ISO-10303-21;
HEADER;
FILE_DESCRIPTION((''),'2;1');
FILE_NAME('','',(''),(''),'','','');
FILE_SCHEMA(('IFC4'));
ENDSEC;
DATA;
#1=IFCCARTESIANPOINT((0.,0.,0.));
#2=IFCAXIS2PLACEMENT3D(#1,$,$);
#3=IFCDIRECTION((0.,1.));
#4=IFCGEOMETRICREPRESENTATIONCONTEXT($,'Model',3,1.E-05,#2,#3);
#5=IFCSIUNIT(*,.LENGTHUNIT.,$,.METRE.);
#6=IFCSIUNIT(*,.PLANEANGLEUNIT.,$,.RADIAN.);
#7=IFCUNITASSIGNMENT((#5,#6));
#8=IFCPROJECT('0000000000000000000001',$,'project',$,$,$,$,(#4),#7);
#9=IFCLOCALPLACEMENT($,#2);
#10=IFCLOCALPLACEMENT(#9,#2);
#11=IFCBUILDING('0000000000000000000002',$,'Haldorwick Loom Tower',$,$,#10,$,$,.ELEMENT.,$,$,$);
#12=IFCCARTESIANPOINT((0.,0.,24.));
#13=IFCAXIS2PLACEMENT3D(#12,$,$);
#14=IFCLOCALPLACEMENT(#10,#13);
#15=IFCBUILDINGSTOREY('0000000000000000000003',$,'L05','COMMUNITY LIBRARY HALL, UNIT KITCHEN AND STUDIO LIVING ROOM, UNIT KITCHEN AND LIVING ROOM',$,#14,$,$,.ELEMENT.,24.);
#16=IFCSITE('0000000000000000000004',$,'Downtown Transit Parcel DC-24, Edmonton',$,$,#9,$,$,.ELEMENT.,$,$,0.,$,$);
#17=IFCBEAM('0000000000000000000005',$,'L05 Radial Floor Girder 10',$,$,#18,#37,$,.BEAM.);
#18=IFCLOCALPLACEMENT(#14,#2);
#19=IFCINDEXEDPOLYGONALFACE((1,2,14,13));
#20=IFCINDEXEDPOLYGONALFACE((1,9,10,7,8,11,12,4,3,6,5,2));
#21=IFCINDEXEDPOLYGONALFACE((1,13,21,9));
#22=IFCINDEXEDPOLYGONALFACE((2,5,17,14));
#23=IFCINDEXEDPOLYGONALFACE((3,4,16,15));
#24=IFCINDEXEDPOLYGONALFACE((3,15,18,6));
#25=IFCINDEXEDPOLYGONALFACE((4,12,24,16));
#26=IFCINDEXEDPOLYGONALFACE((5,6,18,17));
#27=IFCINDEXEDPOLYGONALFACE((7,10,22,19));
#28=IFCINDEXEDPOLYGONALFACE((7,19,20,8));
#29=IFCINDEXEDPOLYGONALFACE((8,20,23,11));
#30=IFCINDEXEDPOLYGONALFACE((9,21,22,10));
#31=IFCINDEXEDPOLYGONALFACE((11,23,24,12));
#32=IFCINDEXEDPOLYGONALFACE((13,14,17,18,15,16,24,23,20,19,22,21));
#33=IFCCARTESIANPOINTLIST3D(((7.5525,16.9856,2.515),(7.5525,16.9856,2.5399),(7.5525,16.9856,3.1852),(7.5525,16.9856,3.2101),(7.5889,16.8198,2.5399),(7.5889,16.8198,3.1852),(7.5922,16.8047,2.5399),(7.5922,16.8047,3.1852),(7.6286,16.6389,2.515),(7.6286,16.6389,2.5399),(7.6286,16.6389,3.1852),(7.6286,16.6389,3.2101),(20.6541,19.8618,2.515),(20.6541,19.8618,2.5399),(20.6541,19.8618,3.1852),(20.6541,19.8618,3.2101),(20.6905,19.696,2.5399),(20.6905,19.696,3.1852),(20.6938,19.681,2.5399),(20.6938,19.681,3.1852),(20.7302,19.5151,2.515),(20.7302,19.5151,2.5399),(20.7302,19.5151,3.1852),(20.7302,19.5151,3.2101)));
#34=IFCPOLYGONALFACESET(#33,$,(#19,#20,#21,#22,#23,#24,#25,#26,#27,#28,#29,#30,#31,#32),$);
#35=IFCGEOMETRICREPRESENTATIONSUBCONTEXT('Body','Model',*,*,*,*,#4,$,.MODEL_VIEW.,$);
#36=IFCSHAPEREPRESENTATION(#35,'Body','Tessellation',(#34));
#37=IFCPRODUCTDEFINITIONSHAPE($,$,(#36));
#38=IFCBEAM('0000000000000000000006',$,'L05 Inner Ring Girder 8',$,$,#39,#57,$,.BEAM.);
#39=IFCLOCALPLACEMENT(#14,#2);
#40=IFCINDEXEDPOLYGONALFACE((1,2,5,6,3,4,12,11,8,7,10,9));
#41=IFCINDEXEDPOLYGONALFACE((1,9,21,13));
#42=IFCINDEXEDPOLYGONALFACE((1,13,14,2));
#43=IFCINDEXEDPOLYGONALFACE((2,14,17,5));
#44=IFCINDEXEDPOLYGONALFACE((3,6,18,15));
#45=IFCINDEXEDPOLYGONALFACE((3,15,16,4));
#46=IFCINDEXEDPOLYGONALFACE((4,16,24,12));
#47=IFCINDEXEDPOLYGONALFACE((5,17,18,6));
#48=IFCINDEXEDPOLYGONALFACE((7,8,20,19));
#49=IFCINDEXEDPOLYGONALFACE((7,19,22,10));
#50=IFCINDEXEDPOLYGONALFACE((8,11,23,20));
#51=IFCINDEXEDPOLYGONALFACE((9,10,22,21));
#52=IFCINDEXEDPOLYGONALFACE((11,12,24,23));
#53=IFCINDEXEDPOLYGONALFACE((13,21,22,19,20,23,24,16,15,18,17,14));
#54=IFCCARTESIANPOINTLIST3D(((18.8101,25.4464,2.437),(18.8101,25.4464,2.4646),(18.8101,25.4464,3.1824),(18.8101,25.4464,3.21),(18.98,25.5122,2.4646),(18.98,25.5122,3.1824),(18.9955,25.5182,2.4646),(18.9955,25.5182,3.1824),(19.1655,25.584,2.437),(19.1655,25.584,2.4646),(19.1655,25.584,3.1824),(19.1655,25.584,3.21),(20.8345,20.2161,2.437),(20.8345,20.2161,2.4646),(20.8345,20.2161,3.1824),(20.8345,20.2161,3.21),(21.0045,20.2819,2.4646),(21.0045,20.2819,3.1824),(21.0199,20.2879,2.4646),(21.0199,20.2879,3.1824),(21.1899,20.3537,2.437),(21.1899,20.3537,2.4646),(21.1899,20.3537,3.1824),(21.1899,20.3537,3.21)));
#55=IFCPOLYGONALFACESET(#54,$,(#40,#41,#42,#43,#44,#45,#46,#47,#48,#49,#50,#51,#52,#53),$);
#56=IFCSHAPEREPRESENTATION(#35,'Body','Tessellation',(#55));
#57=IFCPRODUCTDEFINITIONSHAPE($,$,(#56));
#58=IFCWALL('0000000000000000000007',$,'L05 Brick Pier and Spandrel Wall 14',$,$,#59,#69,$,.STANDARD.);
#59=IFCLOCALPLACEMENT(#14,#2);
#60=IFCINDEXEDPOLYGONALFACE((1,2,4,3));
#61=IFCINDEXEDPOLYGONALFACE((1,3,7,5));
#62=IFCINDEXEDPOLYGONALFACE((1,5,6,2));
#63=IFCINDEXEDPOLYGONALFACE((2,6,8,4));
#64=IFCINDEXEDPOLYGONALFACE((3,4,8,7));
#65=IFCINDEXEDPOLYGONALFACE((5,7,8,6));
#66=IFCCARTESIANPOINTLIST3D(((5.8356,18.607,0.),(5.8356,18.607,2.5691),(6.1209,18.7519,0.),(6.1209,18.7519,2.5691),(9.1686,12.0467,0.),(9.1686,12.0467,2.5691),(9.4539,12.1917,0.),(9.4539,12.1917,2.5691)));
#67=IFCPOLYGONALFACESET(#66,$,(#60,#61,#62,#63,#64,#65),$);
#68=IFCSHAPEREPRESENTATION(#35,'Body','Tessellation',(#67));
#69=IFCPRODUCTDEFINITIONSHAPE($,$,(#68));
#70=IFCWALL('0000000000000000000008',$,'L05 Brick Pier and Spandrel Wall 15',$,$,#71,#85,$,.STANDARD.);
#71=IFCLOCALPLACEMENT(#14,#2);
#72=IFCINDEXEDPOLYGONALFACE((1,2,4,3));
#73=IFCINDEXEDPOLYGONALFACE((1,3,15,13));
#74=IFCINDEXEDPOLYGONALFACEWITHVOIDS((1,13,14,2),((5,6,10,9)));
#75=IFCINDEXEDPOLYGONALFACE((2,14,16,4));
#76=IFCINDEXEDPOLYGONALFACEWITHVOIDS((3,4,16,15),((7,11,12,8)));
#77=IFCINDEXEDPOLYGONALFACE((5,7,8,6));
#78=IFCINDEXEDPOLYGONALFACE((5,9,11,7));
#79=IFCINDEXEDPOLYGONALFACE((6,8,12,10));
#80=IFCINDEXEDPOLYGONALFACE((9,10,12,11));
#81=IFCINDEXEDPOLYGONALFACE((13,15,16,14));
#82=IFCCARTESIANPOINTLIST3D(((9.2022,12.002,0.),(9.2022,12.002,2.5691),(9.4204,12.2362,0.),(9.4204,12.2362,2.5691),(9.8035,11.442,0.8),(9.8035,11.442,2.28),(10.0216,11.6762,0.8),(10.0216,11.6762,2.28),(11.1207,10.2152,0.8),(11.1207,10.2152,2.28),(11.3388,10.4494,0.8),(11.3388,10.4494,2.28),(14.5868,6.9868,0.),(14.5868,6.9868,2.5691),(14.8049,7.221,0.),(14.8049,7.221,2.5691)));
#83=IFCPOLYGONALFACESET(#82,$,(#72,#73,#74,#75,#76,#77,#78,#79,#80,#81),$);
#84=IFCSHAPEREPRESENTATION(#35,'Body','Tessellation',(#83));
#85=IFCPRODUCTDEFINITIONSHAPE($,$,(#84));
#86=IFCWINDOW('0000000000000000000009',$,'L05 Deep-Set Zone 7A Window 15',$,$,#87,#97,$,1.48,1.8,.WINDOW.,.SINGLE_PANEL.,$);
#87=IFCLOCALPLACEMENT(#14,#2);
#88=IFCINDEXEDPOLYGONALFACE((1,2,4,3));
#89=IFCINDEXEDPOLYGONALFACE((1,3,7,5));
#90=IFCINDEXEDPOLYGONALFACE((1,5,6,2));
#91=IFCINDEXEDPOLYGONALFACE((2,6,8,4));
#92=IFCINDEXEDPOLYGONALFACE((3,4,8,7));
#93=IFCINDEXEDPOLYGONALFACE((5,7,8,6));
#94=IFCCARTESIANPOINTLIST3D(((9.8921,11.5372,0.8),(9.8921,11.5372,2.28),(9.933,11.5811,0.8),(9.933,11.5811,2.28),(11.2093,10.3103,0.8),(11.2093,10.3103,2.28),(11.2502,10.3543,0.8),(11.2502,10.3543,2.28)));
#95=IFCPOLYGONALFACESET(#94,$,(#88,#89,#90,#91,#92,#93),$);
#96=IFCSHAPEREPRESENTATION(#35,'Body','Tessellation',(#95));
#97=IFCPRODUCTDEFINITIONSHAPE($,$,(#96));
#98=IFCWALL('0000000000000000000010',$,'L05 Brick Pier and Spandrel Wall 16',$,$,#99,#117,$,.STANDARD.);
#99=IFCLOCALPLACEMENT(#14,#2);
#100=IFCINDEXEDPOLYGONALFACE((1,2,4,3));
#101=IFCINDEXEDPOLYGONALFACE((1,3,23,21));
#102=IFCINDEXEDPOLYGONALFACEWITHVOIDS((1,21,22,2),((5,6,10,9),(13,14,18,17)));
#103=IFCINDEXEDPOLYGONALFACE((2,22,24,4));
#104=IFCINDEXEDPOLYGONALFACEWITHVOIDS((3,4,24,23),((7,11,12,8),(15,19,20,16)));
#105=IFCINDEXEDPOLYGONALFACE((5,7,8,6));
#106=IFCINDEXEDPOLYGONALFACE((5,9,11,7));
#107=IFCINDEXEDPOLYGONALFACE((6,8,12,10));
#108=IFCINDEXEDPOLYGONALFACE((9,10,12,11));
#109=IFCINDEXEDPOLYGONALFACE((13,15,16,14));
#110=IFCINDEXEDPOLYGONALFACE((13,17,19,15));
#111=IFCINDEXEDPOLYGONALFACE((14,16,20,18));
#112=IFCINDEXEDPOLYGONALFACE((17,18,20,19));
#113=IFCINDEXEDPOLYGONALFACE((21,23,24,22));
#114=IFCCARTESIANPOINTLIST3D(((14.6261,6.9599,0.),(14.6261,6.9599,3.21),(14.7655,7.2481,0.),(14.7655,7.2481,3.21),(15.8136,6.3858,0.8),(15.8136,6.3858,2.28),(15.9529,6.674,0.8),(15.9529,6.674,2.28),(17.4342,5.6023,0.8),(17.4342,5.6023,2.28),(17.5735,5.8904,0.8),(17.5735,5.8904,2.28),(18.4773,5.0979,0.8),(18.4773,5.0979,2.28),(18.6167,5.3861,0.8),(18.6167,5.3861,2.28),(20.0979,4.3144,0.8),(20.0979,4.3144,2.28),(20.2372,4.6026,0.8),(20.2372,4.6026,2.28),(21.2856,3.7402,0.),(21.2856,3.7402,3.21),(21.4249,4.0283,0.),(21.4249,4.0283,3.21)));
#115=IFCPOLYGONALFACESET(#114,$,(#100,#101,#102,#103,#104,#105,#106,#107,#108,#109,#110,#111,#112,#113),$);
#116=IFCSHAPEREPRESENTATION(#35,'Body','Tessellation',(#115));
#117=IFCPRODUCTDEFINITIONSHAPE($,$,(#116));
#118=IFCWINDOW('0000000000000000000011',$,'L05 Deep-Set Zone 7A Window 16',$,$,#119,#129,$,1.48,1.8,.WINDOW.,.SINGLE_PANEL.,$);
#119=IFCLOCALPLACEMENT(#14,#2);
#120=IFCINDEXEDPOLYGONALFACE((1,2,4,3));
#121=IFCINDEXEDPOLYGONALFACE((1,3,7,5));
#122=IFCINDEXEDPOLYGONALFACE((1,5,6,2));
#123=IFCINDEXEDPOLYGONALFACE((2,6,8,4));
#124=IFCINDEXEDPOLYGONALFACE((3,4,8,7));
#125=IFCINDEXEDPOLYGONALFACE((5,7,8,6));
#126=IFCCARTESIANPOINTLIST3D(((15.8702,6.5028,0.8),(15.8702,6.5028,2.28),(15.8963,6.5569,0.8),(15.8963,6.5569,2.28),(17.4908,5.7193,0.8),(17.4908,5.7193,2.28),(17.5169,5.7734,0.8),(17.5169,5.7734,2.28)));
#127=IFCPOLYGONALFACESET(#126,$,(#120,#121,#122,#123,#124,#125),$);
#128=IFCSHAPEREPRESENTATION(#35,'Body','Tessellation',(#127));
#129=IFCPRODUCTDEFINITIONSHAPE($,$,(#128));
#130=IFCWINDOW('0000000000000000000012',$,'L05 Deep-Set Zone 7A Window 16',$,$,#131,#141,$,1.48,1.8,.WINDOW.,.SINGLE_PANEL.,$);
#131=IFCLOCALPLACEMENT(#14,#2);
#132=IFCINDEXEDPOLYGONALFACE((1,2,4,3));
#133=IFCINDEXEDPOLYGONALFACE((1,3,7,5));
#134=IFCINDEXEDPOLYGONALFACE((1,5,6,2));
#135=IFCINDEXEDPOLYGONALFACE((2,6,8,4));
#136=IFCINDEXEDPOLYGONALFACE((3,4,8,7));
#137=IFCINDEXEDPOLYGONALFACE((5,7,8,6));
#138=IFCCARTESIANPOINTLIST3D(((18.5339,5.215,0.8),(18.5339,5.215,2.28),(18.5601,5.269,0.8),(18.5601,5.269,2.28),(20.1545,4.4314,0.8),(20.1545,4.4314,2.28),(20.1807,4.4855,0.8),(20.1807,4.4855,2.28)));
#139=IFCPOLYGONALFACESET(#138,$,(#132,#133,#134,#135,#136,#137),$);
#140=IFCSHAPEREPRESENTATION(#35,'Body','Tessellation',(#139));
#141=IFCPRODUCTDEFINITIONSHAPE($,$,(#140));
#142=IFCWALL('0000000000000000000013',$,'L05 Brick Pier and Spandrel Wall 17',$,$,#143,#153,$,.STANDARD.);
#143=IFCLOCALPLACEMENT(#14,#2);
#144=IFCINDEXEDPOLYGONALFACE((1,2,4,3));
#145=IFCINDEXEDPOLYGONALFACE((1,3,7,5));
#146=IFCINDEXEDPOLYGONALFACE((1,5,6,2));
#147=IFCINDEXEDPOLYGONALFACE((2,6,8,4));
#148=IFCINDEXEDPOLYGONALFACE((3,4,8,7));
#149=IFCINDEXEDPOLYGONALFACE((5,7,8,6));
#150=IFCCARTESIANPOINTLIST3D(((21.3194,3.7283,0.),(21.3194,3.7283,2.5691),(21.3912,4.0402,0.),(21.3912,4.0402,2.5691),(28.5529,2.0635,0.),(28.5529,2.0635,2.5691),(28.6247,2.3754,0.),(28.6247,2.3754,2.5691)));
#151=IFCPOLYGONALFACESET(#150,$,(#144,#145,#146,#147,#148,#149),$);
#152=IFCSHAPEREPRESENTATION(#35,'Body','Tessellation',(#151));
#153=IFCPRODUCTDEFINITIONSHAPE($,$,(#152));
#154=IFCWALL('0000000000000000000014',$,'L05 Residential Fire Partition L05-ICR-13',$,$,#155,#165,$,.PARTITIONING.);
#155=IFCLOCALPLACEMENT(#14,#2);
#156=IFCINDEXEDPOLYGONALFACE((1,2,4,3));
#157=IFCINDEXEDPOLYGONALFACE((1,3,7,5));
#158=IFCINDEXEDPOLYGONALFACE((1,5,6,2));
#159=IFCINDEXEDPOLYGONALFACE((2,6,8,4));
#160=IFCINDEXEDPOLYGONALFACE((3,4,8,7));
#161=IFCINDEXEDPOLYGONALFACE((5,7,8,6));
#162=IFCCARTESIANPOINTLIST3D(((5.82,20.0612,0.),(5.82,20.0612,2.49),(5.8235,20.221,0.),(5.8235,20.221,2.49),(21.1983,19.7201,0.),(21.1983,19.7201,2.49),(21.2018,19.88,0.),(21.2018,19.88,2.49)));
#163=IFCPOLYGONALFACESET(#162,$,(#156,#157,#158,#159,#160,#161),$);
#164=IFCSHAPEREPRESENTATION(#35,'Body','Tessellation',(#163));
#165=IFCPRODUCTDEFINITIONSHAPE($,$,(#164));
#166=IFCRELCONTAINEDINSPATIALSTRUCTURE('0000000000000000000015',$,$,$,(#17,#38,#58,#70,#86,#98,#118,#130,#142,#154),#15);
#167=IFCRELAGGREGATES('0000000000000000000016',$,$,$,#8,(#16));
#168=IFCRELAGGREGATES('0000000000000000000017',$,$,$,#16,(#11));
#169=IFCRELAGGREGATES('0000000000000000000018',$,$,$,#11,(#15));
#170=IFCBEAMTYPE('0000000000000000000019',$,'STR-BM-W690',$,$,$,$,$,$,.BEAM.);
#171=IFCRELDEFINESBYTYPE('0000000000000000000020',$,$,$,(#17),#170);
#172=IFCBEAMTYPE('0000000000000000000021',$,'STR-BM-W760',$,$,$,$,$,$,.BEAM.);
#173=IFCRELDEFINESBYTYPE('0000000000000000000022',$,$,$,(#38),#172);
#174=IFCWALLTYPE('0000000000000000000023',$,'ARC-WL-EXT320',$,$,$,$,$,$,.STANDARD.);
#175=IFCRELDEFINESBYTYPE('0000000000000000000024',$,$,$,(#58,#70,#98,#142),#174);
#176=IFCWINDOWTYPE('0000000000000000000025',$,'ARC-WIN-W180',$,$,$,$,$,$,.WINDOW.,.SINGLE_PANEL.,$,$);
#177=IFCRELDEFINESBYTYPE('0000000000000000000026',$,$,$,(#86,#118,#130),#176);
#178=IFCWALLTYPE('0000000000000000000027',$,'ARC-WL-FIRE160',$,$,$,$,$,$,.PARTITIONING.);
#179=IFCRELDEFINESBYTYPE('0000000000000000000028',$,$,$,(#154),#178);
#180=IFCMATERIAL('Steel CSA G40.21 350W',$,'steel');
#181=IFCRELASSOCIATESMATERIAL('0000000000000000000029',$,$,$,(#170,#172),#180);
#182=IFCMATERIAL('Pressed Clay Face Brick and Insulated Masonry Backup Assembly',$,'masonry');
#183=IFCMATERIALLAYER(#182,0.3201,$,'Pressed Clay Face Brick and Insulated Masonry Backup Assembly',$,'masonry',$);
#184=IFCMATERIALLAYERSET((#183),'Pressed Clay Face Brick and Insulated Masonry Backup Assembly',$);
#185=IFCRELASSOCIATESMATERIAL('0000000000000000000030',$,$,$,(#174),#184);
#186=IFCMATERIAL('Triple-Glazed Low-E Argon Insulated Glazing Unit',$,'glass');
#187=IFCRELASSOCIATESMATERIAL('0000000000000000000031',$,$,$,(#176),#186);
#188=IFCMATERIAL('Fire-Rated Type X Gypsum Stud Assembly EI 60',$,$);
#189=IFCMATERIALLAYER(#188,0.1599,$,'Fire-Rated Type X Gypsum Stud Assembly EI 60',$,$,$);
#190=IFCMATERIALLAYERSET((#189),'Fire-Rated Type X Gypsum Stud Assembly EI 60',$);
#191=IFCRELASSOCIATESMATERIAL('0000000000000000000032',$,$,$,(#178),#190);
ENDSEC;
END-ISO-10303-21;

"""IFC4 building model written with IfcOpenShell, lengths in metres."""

from ifc_helpers import new_model, si_unit, direction, frame, frame_2d, origin, origin_2d, place, context, subcontext, project, spatial, rectangle, i_section, extrude, material, layer, layer_set, material_profile, profile_set, type_object, element, fill, save


model = new_model("IFC4")

# Units and contexts
model_context = context("Model", 3, precision=1e-05, world=origin(), true_north=direction((0.0, 1.0)))
body_context = subcontext(model_context, "Body", "Model", "MODEL_VIEW")
ifc_project = project(units=[si_unit("LENGTHUNIT", "METRE"), si_unit("PLANEANGLEUNIT", "RADIAN")], contexts=[model_context])

# Site, building, storey
site_placement = place(None, origin())
site = spatial("IfcSite", under=ifc_project, at=site_placement, Name="Downtown Transit Parcel DC-24, Edmonton", CompositionType="ELEMENT", RefElevation=0.0)
building_placement = place(site_placement, origin())
building = spatial("IfcBuilding", under=site, at=building_placement, Name="Haldorwick Loom Tower", CompositionType="ELEMENT")
storey_placement = place(building_placement, frame((0.0, 0.0, 24.0)))
storey = spatial("IfcBuildingStorey", under=building, at=storey_placement, Name="L05", Description="COMMUNITY LIBRARY HALL, UNIT KITCHEN AND STUDIO LIVING ROOM, UNIT KITCHEN AND LIVING ROOM", CompositionType="ELEMENT", Elevation=24.0)

# Beams
ifc_material_1 = material(Name="Steel CSA G40.21 350W", Category="steel")
ifc_material_profile_1 = material_profile(ifc_material_1, i_section(OverallWidth=0.355, OverallDepth=0.6951, WebThickness=0.0154, FlangeThickness=0.0249, at=origin_2d()), Name="W690X217", Category="steel")
ifc_profile_set_1 = profile_set([ifc_material_profile_1], Name="Steel CSA G40.21 350W")
beam_type_1 = type_object("IfcBeamType", Name="STR-BM-W690", PredefinedType="BEAM", material=ifc_profile_set_1)
beam_1_placement = place(storey_placement, frame((20.6921, 19.6885, 2.8625), z_axis=(-0.97674, -0.214426, 0.0), x_axis=(0.214426, -0.97674, 0.0)))
element("IfcBeam", 1, at=beam_1_placement, inside=storey, type_object=beam_type_1, Name="L05 Radial Floor Girder 10", PredefinedType="BEAM", context=body_context, shape_type="SweptSolid", body=[
    extrude(i_section(OverallWidth=0.355, OverallDepth=0.6951, WebThickness=0.0154, FlangeThickness=0.0249, at=origin_2d()), origin(), (0.0, 0.0, 1.0), 13.4136),
])
ifc_material_profile_2 = material_profile(ifc_material_1, i_section(OverallWidth=0.3811, OverallDepth=0.7729, WebThickness=0.0166, FlangeThickness=0.0276, at=origin_2d()), Name="W760X257", Category="steel")
ifc_profile_set_2 = profile_set([ifc_material_profile_2], Name="Steel CSA G40.21 350W")
beam_type_2 = type_object("IfcBeamType", Name="STR-BM-W760", PredefinedType="BEAM", material=ifc_profile_set_2)
beam_2_placement = place(storey_placement, frame((21.0122, 20.2849, 2.8235), z_axis=(-0.360965, 0.932579, 0.0), x_axis=(-0.932579, -0.360965, 0.0)))
element("IfcBeam", 2, at=beam_2_placement, inside=storey, type_object=beam_type_2, Name="L05 Inner Ring Girder 8", PredefinedType="BEAM", context=body_context, shape_type="SweptSolid", body=[
    extrude(i_section(OverallWidth=0.3811, OverallDepth=0.7729, WebThickness=0.0166, FlangeThickness=0.0276, at=origin_2d()), origin(), (0.0, 0.0, 1.0), 5.6084),
])

# Wall
ifc_material_2 = material(Name="Pressed Clay Face Brick and Insulated Masonry Backup Assembly", Category="masonry")
ifc_layer_1 = layer(ifc_material_2, 0.3201, Name="Pressed Clay Face Brick and Insulated Masonry Backup Assembly", Category="masonry")
ifc_layer_set_1 = layer_set([ifc_layer_1], Name="Pressed Clay Face Brick and Insulated Masonry Backup Assembly")
wall_type_1 = type_object("IfcWallType", Name="ARC-WL-EXT320", PredefinedType="STANDARD", material=ifc_layer_set_1)
wall_1_placement = place(storey_placement, frame((5.9783, 18.6794, 0.0), z_axis=(0.0, 0.0, 1.0), x_axis=(0.452951, -0.891535, 0.0)))
element("IfcWall", 3, at=wall_1_placement, inside=storey, type_object=wall_type_1, Name="L05 Brick Pier and Spandrel Wall 14", PredefinedType="STANDARD", context=body_context, shape_type="SweptSolid", body=[
    extrude(rectangle(XDim=7.3584, YDim=0.3201, at=frame_2d((3.6792, 0.0))), origin(), (0.0, 0.0, 1.0), 2.5691),
])

# Wall, opening, window
wall_2_placement = place(storey_placement, frame((9.3113, 12.1191, 0.0), z_axis=(0.0, 0.0, 1.0), x_axis=(0.731761, -0.681561, 0.0)))
wall_2 = element("IfcWall", 4, at=wall_2_placement, inside=storey, type_object=wall_type_1, Name="L05 Brick Pier and Spandrel Wall 15", PredefinedType="STANDARD", context=body_context, shape_type="SweptSolid", body=[
    extrude(rectangle(XDim=7.3584, YDim=0.3201, at=frame_2d((3.6792, 0.0))), origin(), (0.0, 0.0, 1.0), 2.5691),
])
opening_1_placement = place(wall_2_placement, frame((0.8218, 0.0, 0.8)))
opening_1 = element("IfcOpeningElement", 5, at=opening_1_placement, cuts=wall_2, PredefinedType="OPENING", context=body_context, shape_type="SweptSolid", body=[
    extrude(rectangle(XDim=1.8, YDim=1.48, at=frame_2d((0.8999, 0.74))), frame((0.0, 0.1699, 0.0), z_axis=(0.0, -1.0, 0.0), x_axis=(1.0, 0.0, 0.0)), (0.0, 0.0, 1.0), 0.3401),
])
ifc_material_3 = material(Name="Triple-Glazed Low-E Argon Insulated Glazing Unit", Category="glass")
window_type = type_object("IfcWindowType", Name="ARC-WIN-W180", PartitioningType="SINGLE_PANEL", PredefinedType="WINDOW", material=ifc_material_3)
window_1_placement = place(opening_1_placement, origin())
window_1 = element("IfcWindow", 6, at=window_1_placement, inside=storey, type_object=window_type, Name="L05 Deep-Set Zone 7A Window 15", OverallHeight=1.48, OverallWidth=1.8, PartitioningType="SINGLE_PANEL", PredefinedType="WINDOW", context=body_context, shape_type="SweptSolid", body=[
    extrude(rectangle(XDim=1.8, YDim=1.48, at=frame_2d((0.8999, 0.74))), frame((0.0, 0.03, 0.0), z_axis=(0.0, -1.0, 0.0), x_axis=(1.0, 0.0, 0.0)), (0.0, 0.0, 1.0), 0.0601),
])
fill(opening_1, window_1)

# Wall, openings, windows
wall_3_placement = place(storey_placement, frame((14.6958, 7.104, 0.0), z_axis=(0.0, 0.0, 1.0), x_axis=(0.900296, -0.435279, 0.0)))
wall_3 = element("IfcWall", 7, at=wall_3_placement, inside=storey, type_object=wall_type_1, Name="L05 Brick Pier and Spandrel Wall 16", PredefinedType="STANDARD", context=body_context, shape_type="SweptSolid", body=[
    extrude(rectangle(XDim=7.397, YDim=0.3201, at=frame_2d((3.6985, 0.0))), origin(), (0.0, 0.0, 1.0), 3.21),
])
opening_2_placement = place(wall_3_placement, frame((1.3191, 0.0, 0.8)))
opening_2 = element("IfcOpeningElement", 8, at=opening_2_placement, cuts=wall_3, PredefinedType="OPENING", context=body_context, shape_type="SweptSolid", body=[
    extrude(rectangle(XDim=1.8, YDim=1.48, at=frame_2d((0.8999, 0.74))), frame((0.0, 0.1699, 0.0), z_axis=(0.0, -1.0, 0.0), x_axis=(1.0, 0.0, 0.0)), (0.0, 0.0, 1.0), 0.3401),
])
opening_3_placement = place(wall_3_placement, frame((4.2778, 0.0, 0.8)))
opening_3 = element("IfcOpeningElement", 9, at=opening_3_placement, cuts=wall_3, PredefinedType="OPENING", context=body_context, shape_type="SweptSolid", body=[
    extrude(rectangle(XDim=1.8, YDim=1.48, at=frame_2d((0.8999, 0.74))), frame((0.0, 0.1699, 0.0), z_axis=(0.0, -1.0, 0.0), x_axis=(1.0, 0.0, 0.0)), (0.0, 0.0, 1.0), 0.3401),
])
window_2_placement = place(opening_2_placement, origin())
window_2 = element("IfcWindow", 10, at=window_2_placement, inside=storey, type_object=window_type, Name="L05 Deep-Set Zone 7A Window 16", OverallHeight=1.48, OverallWidth=1.8, PartitioningType="SINGLE_PANEL", PredefinedType="WINDOW", context=body_context, shape_type="SweptSolid", body=[
    extrude(rectangle(XDim=1.8, YDim=1.48, at=frame_2d((0.8999, 0.74))), frame((0.0, 0.03, 0.0), z_axis=(0.0, -1.0, 0.0), x_axis=(1.0, 0.0, 0.0)), (0.0, 0.0, 1.0), 0.0601),
])
fill(opening_2, window_2)
window_3_placement = place(opening_3_placement, origin())
window_3 = element("IfcWindow", 11, at=window_3_placement, inside=storey, type_object=window_type, Name="L05 Deep-Set Zone 7A Window 16", OverallHeight=1.48, OverallWidth=1.8, PartitioningType="SINGLE_PANEL", PredefinedType="WINDOW", context=body_context, shape_type="SweptSolid", body=[
    extrude(rectangle(XDim=1.8, YDim=1.48, at=frame_2d((0.8999, 0.74))), frame((0.0, 0.03, 0.0), z_axis=(0.0, -1.0, 0.0), x_axis=(1.0, 0.0, 0.0)), (0.0, 0.0, 1.0), 0.0601),
])
fill(opening_3, window_3)

# Walls
wall_4_placement = place(storey_placement, frame((21.3552, 3.8843, 0.0), z_axis=(0.0, 0.0, 1.0), x_axis=(0.974522, -0.22429, 0.0)))
element("IfcWall", 12, at=wall_4_placement, inside=storey, type_object=wall_type_1, Name="L05 Brick Pier and Spandrel Wall 17", PredefinedType="STANDARD", context=body_context, shape_type="SweptSolid", body=[
    extrude(rectangle(XDim=7.4226, YDim=0.3201, at=frame_2d((3.7114, 0.0))), origin(), (0.0, 0.0, 1.0), 2.5691),
])
ifc_material_4 = material(Name="Fire-Rated Type X Gypsum Stud Assembly EI 60")
ifc_layer_2 = layer(ifc_material_4, 0.1599, Name="Fire-Rated Type X Gypsum Stud Assembly EI 60")
ifc_layer_set_2 = layer_set([ifc_layer_2], Name="Fire-Rated Type X Gypsum Stud Assembly EI 60")
wall_type_2 = type_object("IfcWallType", Name="ARC-WL-FIRE160", PredefinedType="PARTITIONING", material=ifc_layer_set_2)
wall_5_placement = place(storey_placement, frame((21.2, 19.8, 0.0), z_axis=(0.0, 0.0, 1.0), x_axis=(-0.999754, 0.022173, 0.0)))
element("IfcWall", 13, at=wall_5_placement, inside=storey, type_object=wall_type_2, Name="L05 Residential Fire Partition L05-ICR-13", PredefinedType="PARTITIONING", context=body_context, shape_type="SweptSolid", body=[
    extrude(rectangle(XDim=15.3821, YDim=0.1599, at=frame_2d((7.6909, 0.0))), origin(), (0.0, 0.0, 1.0), 2.49),
])

save(model, "model.ifc")
